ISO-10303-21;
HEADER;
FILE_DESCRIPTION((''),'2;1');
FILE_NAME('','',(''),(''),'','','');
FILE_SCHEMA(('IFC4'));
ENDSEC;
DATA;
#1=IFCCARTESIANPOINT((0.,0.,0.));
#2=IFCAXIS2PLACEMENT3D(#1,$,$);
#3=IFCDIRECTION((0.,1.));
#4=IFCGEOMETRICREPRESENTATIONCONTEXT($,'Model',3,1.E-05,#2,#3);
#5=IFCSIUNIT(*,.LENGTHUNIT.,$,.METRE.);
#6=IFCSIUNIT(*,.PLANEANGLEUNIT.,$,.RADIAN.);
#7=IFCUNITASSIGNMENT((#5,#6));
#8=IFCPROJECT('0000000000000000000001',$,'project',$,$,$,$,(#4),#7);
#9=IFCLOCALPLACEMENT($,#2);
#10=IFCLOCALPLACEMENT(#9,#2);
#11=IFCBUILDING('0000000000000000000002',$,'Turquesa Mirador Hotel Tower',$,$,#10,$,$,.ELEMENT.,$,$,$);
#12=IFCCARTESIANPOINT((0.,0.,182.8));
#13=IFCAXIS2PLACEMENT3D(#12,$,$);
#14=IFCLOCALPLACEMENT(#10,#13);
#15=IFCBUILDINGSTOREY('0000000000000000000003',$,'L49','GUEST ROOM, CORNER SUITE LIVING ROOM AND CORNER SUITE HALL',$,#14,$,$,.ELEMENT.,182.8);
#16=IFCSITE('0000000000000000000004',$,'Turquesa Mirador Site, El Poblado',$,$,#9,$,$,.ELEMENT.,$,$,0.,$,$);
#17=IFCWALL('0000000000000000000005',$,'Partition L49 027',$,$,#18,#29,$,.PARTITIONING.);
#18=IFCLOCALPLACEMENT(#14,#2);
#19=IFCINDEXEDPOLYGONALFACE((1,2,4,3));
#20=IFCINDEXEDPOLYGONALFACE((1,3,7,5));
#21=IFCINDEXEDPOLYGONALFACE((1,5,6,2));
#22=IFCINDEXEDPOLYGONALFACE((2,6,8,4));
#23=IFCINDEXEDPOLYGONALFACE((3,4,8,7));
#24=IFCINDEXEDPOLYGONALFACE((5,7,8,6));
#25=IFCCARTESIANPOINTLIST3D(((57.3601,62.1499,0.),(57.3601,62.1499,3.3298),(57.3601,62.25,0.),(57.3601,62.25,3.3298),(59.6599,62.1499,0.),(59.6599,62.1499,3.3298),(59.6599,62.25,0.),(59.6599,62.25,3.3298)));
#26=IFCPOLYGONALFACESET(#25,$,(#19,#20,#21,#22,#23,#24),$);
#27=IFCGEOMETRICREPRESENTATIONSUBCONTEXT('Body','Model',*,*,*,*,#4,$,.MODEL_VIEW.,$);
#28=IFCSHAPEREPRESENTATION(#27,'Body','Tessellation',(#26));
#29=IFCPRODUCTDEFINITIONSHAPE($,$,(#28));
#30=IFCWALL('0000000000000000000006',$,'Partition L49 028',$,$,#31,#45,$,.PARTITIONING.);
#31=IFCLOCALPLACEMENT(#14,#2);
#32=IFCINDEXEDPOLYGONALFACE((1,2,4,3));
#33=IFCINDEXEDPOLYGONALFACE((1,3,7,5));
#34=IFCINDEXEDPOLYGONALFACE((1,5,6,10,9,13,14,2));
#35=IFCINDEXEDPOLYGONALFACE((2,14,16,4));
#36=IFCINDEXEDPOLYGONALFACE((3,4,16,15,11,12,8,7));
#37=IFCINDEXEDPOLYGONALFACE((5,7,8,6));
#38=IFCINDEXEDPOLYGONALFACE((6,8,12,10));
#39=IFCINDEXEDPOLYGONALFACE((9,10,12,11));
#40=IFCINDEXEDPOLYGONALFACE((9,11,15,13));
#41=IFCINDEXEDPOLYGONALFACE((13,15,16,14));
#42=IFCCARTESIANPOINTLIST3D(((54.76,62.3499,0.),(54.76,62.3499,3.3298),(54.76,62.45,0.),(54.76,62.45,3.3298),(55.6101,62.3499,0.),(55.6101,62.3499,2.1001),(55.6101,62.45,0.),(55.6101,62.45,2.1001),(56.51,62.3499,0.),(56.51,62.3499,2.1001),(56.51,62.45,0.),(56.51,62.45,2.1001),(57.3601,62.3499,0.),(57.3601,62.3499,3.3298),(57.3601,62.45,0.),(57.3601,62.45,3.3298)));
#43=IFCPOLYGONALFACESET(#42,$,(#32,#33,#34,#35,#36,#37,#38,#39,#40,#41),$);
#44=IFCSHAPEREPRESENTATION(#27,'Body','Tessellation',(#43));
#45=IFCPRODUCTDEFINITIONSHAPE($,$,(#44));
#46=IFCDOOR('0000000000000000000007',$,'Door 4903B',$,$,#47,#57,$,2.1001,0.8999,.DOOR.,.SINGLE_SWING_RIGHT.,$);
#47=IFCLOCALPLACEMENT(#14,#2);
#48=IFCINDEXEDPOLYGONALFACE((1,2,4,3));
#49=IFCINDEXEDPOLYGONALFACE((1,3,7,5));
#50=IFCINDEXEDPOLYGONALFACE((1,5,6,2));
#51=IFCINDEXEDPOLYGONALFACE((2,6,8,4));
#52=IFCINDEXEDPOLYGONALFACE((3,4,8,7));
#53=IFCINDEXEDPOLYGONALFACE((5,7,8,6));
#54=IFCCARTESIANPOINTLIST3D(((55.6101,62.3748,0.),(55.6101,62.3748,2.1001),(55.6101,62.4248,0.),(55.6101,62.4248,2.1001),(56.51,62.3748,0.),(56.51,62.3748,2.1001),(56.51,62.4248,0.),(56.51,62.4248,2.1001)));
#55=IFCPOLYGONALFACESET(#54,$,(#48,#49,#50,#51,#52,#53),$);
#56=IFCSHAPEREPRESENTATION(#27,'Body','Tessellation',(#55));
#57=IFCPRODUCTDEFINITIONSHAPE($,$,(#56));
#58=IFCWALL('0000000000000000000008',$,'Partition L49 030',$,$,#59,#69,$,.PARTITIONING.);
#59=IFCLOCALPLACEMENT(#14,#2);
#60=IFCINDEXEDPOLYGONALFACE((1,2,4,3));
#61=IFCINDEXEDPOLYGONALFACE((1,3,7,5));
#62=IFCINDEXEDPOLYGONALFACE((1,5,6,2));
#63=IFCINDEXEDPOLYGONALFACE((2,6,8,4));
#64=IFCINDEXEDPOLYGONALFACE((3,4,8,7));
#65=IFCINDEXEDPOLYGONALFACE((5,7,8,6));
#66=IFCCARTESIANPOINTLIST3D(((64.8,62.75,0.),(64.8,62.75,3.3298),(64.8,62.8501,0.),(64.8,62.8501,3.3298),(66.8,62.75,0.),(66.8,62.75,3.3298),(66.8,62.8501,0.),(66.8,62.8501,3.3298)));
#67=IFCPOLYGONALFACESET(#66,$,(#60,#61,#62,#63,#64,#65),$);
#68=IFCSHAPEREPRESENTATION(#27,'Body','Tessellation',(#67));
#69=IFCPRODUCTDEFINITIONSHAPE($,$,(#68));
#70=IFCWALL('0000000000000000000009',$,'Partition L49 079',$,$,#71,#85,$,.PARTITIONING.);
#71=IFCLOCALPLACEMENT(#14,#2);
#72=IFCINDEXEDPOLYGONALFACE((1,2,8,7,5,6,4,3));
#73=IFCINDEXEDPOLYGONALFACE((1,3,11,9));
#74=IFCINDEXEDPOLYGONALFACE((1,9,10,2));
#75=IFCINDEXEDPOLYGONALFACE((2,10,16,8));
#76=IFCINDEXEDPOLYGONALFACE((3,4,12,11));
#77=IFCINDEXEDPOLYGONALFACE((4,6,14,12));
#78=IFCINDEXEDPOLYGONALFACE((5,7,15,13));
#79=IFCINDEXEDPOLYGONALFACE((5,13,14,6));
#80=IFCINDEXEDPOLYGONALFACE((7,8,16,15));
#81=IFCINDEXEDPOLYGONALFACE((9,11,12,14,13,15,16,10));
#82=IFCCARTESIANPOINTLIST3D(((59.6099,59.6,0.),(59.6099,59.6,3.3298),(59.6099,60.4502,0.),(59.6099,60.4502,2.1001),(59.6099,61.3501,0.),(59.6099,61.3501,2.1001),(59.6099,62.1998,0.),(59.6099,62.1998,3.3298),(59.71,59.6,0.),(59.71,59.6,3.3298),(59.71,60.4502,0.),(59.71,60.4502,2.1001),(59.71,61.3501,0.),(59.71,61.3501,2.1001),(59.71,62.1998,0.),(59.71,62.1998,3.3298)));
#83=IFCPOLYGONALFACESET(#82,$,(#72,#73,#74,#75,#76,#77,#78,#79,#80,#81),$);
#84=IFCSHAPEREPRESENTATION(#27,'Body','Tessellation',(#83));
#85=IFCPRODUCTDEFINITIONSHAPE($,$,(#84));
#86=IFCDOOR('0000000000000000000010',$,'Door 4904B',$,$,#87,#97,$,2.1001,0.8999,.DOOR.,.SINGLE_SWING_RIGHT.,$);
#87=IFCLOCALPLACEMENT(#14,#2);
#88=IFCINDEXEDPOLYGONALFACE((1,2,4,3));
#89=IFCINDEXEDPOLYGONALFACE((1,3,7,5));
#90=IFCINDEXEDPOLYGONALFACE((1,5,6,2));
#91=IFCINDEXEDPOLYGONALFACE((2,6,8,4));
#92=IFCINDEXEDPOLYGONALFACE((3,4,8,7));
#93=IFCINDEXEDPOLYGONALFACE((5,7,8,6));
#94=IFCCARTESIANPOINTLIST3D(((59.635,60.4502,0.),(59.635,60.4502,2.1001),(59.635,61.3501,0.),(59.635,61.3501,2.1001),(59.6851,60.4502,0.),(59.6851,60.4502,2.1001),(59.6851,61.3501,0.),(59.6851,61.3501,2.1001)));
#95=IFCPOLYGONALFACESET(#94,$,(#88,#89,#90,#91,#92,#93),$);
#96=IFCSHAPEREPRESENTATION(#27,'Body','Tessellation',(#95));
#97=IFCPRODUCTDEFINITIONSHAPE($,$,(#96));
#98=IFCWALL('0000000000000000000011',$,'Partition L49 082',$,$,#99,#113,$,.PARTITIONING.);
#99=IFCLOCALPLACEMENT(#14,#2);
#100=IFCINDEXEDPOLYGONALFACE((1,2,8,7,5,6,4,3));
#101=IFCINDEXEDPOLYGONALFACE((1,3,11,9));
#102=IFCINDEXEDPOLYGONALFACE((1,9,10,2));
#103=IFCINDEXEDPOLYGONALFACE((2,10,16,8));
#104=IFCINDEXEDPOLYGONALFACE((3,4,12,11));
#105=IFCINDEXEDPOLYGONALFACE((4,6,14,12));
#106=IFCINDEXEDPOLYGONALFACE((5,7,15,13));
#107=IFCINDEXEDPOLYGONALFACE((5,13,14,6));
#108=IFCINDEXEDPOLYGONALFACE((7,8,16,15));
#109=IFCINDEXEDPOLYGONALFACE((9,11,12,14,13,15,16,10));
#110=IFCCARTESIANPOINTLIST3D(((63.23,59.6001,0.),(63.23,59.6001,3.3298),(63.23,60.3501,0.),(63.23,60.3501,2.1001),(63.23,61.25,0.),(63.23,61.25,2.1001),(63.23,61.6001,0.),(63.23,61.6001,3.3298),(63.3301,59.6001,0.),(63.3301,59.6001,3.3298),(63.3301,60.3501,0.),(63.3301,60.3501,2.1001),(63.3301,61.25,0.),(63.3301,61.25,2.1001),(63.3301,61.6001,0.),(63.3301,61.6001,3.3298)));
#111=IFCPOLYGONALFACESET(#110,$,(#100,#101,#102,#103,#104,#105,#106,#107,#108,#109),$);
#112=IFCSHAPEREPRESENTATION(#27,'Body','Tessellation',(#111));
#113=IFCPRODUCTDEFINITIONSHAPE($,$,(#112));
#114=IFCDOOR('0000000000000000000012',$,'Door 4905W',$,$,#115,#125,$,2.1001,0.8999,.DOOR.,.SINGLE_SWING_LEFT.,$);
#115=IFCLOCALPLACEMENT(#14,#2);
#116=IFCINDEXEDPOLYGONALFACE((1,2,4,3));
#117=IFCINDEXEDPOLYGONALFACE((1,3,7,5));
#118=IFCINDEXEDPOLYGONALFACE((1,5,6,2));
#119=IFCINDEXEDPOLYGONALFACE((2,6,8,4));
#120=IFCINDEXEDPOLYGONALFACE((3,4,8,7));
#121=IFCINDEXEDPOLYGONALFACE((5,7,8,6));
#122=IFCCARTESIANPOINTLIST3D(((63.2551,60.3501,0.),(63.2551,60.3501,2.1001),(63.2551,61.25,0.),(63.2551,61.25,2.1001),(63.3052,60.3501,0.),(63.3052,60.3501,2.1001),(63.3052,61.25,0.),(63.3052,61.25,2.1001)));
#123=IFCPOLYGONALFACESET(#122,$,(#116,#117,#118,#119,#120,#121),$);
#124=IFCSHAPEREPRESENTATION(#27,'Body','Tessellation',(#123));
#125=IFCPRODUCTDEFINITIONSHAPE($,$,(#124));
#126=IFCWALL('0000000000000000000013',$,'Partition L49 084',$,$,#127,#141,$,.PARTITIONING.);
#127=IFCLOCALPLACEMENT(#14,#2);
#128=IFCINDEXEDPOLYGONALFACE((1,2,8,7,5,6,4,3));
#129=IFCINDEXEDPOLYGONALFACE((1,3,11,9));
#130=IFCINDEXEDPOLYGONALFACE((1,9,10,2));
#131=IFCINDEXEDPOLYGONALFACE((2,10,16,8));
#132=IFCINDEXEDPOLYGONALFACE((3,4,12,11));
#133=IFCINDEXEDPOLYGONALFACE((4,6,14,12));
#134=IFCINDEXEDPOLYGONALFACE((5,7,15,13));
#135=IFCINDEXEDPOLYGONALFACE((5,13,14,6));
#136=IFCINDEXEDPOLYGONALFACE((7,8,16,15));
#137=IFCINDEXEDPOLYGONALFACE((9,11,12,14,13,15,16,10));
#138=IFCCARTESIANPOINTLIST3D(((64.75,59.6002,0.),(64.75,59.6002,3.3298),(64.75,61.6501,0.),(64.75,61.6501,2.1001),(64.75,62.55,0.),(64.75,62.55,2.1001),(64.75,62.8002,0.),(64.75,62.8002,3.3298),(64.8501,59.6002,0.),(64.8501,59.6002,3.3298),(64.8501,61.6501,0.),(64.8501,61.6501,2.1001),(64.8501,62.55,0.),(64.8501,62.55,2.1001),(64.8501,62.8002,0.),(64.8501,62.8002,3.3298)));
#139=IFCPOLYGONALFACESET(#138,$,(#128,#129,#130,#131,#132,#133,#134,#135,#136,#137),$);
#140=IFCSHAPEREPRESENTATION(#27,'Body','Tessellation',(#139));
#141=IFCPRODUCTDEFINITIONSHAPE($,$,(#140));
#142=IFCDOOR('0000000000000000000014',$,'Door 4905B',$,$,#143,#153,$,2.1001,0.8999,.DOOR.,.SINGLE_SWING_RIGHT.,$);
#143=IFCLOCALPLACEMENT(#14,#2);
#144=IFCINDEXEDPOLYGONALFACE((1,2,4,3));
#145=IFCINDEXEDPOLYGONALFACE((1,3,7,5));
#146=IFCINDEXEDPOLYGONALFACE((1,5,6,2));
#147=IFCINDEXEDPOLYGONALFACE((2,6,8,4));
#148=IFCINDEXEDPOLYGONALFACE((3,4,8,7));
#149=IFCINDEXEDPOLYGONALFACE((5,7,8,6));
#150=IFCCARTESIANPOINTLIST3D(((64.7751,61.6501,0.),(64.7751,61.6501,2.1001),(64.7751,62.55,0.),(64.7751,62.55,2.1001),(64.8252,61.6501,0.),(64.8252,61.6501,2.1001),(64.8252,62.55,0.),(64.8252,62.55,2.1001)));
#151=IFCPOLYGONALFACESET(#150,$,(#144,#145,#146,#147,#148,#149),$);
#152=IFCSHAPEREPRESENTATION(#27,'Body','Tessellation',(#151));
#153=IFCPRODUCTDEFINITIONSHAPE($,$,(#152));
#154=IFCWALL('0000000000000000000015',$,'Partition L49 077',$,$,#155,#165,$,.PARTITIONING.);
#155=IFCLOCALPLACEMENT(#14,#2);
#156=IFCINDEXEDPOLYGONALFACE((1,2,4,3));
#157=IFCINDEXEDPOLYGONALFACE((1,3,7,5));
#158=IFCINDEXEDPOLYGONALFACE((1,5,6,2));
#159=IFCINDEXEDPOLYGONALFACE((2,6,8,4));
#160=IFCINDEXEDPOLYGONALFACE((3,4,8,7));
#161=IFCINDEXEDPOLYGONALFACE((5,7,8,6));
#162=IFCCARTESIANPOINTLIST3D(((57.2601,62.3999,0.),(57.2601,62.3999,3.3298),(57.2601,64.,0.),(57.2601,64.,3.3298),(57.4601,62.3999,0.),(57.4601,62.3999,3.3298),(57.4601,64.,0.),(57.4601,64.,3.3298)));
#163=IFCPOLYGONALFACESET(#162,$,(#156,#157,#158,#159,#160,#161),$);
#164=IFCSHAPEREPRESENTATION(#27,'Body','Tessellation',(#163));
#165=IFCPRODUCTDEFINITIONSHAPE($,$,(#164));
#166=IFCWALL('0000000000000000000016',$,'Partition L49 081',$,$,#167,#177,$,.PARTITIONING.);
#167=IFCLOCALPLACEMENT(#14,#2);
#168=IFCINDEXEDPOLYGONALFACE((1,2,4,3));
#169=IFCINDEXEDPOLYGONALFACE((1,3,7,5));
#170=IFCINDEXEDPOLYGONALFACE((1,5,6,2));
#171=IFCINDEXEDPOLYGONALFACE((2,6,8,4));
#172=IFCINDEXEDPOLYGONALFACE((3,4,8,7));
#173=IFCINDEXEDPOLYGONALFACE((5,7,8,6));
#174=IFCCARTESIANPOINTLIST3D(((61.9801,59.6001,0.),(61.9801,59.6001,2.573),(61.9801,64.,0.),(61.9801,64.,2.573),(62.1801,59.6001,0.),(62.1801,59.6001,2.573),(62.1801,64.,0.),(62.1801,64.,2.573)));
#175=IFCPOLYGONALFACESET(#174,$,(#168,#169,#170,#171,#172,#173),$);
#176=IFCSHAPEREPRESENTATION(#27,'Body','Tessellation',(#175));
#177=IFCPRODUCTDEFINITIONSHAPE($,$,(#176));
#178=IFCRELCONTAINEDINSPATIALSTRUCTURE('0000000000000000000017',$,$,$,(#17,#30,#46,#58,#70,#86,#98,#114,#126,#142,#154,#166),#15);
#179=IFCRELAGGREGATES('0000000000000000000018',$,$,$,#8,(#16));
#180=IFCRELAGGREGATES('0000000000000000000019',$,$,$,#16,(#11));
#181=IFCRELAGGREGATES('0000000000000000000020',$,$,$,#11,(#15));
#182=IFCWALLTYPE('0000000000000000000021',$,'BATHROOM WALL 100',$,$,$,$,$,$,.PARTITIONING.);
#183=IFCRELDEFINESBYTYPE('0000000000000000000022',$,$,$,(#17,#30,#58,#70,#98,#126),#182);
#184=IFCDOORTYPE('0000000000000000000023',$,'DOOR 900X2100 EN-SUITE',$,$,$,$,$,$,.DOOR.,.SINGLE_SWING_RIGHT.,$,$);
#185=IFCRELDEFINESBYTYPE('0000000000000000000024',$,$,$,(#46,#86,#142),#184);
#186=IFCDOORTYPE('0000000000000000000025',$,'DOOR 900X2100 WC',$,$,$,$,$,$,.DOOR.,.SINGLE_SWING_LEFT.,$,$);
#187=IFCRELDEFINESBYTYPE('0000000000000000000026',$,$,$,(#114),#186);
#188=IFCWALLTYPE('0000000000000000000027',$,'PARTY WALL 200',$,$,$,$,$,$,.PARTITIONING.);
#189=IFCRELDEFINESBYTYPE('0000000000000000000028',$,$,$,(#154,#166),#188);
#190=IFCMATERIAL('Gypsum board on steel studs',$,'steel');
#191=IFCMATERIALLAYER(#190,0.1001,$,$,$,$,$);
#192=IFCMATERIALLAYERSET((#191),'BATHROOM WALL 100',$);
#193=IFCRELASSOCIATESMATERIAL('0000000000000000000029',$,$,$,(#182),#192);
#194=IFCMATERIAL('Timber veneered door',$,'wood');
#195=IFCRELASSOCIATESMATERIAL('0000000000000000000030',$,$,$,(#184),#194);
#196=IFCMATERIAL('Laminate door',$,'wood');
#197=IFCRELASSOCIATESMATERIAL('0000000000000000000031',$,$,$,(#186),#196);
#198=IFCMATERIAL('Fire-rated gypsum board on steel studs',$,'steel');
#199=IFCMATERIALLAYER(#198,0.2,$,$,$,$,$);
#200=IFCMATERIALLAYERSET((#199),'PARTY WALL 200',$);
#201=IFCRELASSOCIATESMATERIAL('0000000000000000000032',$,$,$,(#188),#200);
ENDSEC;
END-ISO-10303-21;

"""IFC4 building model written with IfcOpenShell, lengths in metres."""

from ifc_helpers import new_model, si_unit, direction, frame, frame_2d, origin, place, context, subcontext, project, spatial, rectangle, extrude, material, layer, layer_set, type_object, element, fill, save


model = new_model("IFC4")

# Units and contexts
model_context = context("Model", 3, precision=1e-05, world=origin(), true_north=direction((0.0, 1.0)))
body_context = subcontext(model_context, "Body", "Model", "MODEL_VIEW")
ifc_project = project(units=[si_unit("LENGTHUNIT", "METRE"), si_unit("PLANEANGLEUNIT", "RADIAN")], contexts=[model_context])

# Site, building, storey
site_placement = place(None, origin())
site = spatial("IfcSite", under=ifc_project, at=site_placement, Name="Turquesa Mirador Site, El Poblado", CompositionType="ELEMENT", RefElevation=0.0)
building_placement = place(site_placement, origin())
building = spatial("IfcBuilding", under=site, at=building_placement, Name="Turquesa Mirador Hotel Tower", CompositionType="ELEMENT")
storey_placement = place(building_placement, frame((0.0, 0.0, 182.8)))
storey = spatial("IfcBuildingStorey", under=building, at=storey_placement, Name="L49", Description="GUEST ROOM, CORNER SUITE LIVING ROOM AND CORNER SUITE HALL", CompositionType="ELEMENT", Elevation=182.8)

# Wall
ifc_material_1 = material(Name="Gypsum board on steel studs", Category="steel")
ifc_layer_1 = layer(ifc_material_1, 0.1001)
ifc_layer_set_1 = layer_set([ifc_layer_1], Name="BATHROOM WALL 100")
wall_type_1 = type_object("IfcWallType", Name="BATHROOM WALL 100", PredefinedType="PARTITIONING", material=ifc_layer_set_1)
wall_1_placement = place(storey_placement, frame((57.3601, 62.2, 0.0), z_axis=(0.0, 0.0, 1.0), x_axis=(1.0, 0.0, 0.0)))
element("IfcWall", 1, at=wall_1_placement, inside=storey, type_object=wall_type_1, Name="Partition L49 027", PredefinedType="PARTITIONING", context=body_context, shape_type="SweptSolid", body=[
    extrude(rectangle(XDim=2.2998, YDim=0.1001, at=frame_2d((1.1499, 0.0))), origin(), (0.0, 0.0, 1.0), 3.3298),
])

# Wall, opening, door
wall_2_placement = place(storey_placement, frame((54.76, 62.3999, 0.0), z_axis=(0.0, 0.0, 1.0), x_axis=(1.0, 0.0, 0.0)))
wall_2 = element("IfcWall", 2, at=wall_2_placement, inside=storey, type_object=wall_type_1, Name="Partition L49 028", PredefinedType="PARTITIONING", context=body_context, shape_type="SweptSolid", body=[
    extrude(rectangle(XDim=2.6001, YDim=0.1001, at=frame_2d((1.3, 0.0))), origin(), (0.0, 0.0, 1.0), 3.3298),
])
opening_1_placement = place(wall_2_placement, frame((0.8501, 0.0, 0.0)))
opening_1 = element("IfcOpeningElement", 3, at=opening_1_placement, cuts=wall_2, PredefinedType="OPENING", context=body_context, shape_type="SweptSolid", body=[
    extrude(rectangle(XDim=0.8999, YDim=2.1001, at=frame_2d((0.45, 1.05))), frame((0.0, 0.0601, 0.0), z_axis=(0.0, -1.0, 0.0), x_axis=(1.0, 0.0, 0.0)), (0.0, 0.0, 1.0), 0.1201),
])
ifc_material_2 = material(Name="Timber veneered door", Category="wood")
door_type_1 = type_object("IfcDoorType", Name="DOOR 900X2100 EN-SUITE", OperationType="SINGLE_SWING_RIGHT", PredefinedType="DOOR", material=ifc_material_2)
door_1_placement = place(opening_1_placement, origin())
door_1 = element("IfcDoor", 4, at=door_1_placement, inside=storey, type_object=door_type_1, Name="Door 4903B", OperationType="SINGLE_SWING_RIGHT", OverallHeight=2.1001, OverallWidth=0.8999, PredefinedType="DOOR", context=body_context, shape_type="SweptSolid", body=[
    extrude(rectangle(XDim=0.8999, YDim=2.1001, at=frame_2d((0.45, 1.05))), frame((0.0, 0.0249, 0.0), z_axis=(0.0, -1.0, 0.0), x_axis=(1.0, 0.0, 0.0)), (0.0, 0.0, 1.0), 0.05),
])
fill(opening_1, door_1)

# Wall
wall_3_placement = place(storey_placement, frame((64.8, 62.8, 0.0), z_axis=(0.0, 0.0, 1.0), x_axis=(1.0, 0.0, 0.0)))
element("IfcWall", 5, at=wall_3_placement, inside=storey, type_object=wall_type_1, Name="Partition L49 030", PredefinedType="PARTITIONING", context=body_context, shape_type="SweptSolid", body=[
    extrude(rectangle(XDim=2.0, YDim=0.1001, at=frame_2d((1.0, 0.0))), origin(), (0.0, 0.0, 1.0), 3.3298),
])

# Walls, openings, doors
wall_4_placement = place(storey_placement, frame((59.6599, 59.6001, 0.0), z_axis=(0.0, 0.0, 1.0), x_axis=(0.0, 1.0, 0.0)))
wall_4 = element("IfcWall", 6, at=wall_4_placement, inside=storey, type_object=wall_type_1, Name="Partition L49 079", PredefinedType="PARTITIONING", context=body_context, shape_type="SweptSolid", body=[
    extrude(rectangle(XDim=2.5999, YDim=0.1001, at=frame_2d((1.2998, 0.0))), origin(), (0.0, 0.0, 1.0), 3.3298),
])
opening_2_placement = place(wall_4_placement, frame((0.8501, 0.0, 0.0)))
opening_2 = element("IfcOpeningElement", 7, at=opening_2_placement, cuts=wall_4, PredefinedType="OPENING", context=body_context, shape_type="SweptSolid", body=[
    extrude(rectangle(XDim=0.8999, YDim=2.1001, at=frame_2d((0.45, 1.05))), frame((0.0, 0.0601, 0.0), z_axis=(0.0, -1.0, 0.0), x_axis=(1.0, 0.0, 0.0)), (0.0, 0.0, 1.0), 0.1201),
])
door_2_placement = place(opening_2_placement, origin())
door_2 = element("IfcDoor", 8, at=door_2_placement, inside=storey, type_object=door_type_1, Name="Door 4904B", OperationType="SINGLE_SWING_RIGHT", OverallHeight=2.1001, OverallWidth=0.8999, PredefinedType="DOOR", context=body_context, shape_type="SweptSolid", body=[
    extrude(rectangle(XDim=0.8999, YDim=2.1001, at=frame_2d((0.45, 1.05))), frame((0.0, 0.0249, 0.0), z_axis=(0.0, -1.0, 0.0), x_axis=(1.0, 0.0, 0.0)), (0.0, 0.0, 1.0), 0.05),
])
fill(opening_2, door_2)
wall_5_placement = place(storey_placement, frame((63.28, 59.6001, 0.0), z_axis=(0.0, 0.0, 1.0), x_axis=(0.0, 1.0, 0.0)))
wall_5 = element("IfcWall", 9, at=wall_5_placement, inside=storey, type_object=wall_type_1, Name="Partition L49 082", PredefinedType="PARTITIONING", context=body_context, shape_type="SweptSolid", body=[
    extrude(rectangle(XDim=2.0, YDim=0.1001, at=frame_2d((1.0, 0.0))), origin(), (0.0, 0.0, 1.0), 3.3298),
])
opening_3_placement = place(wall_5_placement, frame((0.75, 0.0, 0.0)))
opening_3 = element("IfcOpeningElement", 10, at=opening_3_placement, cuts=wall_5, PredefinedType="OPENING", context=body_context, shape_type="SweptSolid", body=[
    extrude(rectangle(XDim=0.8999, YDim=2.1001, at=frame_2d((0.45, 1.05))), frame((0.0, 0.0601, 0.0), z_axis=(0.0, -1.0, 0.0), x_axis=(1.0, 0.0, 0.0)), (0.0, 0.0, 1.0), 0.1201),
])
ifc_material_3 = material(Name="Laminate door", Category="wood")
door_type_2 = type_object("IfcDoorType", Name="DOOR 900X2100 WC", OperationType="SINGLE_SWING_LEFT", PredefinedType="DOOR", material=ifc_material_3)
door_3_placement = place(opening_3_placement, origin())
door_3 = element("IfcDoor", 11, at=door_3_placement, inside=storey, type_object=door_type_2, Name="Door 4905W", OperationType="SINGLE_SWING_LEFT", OverallHeight=2.1001, OverallWidth=0.8999, PredefinedType="DOOR", context=body_context, shape_type="SweptSolid", body=[
    extrude(rectangle(XDim=0.8999, YDim=2.1001, at=frame_2d((0.45, 1.05))), frame((0.0, 0.0249, 0.0), z_axis=(0.0, -1.0, 0.0), x_axis=(1.0, 0.0, 0.0)), (0.0, 0.0, 1.0), 0.05),
])
fill(opening_3, door_3)
wall_6_placement = place(storey_placement, frame((64.8, 59.6001, 0.0), z_axis=(0.0, 0.0, 1.0), x_axis=(0.0, 1.0, 0.0)))
wall_6 = element("IfcWall", 12, at=wall_6_placement, inside=storey, type_object=wall_type_1, Name="Partition L49 084", PredefinedType="PARTITIONING", context=body_context, shape_type="SweptSolid", body=[
    extrude(rectangle(XDim=3.2, YDim=0.1001, at=frame_2d((1.6001, 0.0))), origin(), (0.0, 0.0, 1.0), 3.3298),
])
opening_4_placement = place(wall_6_placement, frame((2.05, 0.0, 0.0)))
opening_4 = element("IfcOpeningElement", 13, at=opening_4_placement, cuts=wall_6, PredefinedType="OPENING", context=body_context, shape_type="SweptSolid", body=[
    extrude(rectangle(XDim=0.8999, YDim=2.1001, at=frame_2d((0.45, 1.05))), frame((0.0, 0.0601, 0.0), z_axis=(0.0, -1.0, 0.0), x_axis=(1.0, 0.0, 0.0)), (0.0, 0.0, 1.0), 0.1201),
])
door_4_placement = place(opening_4_placement, origin())
door_4 = element("IfcDoor", 14, at=door_4_placement, inside=storey, type_object=door_type_1, Name="Door 4905B", OperationType="SINGLE_SWING_RIGHT", OverallHeight=2.1001, OverallWidth=0.8999, PredefinedType="DOOR", context=body_context, shape_type="SweptSolid", body=[
    extrude(rectangle(XDim=0.8999, YDim=2.1001, at=frame_2d((0.45, 1.05))), frame((0.0, 0.0249, 0.0), z_axis=(0.0, -1.0, 0.0), x_axis=(1.0, 0.0, 0.0)), (0.0, 0.0, 1.0), 0.05),
])
fill(opening_4, door_4)

# Walls
ifc_material_4 = material(Name="Fire-rated gypsum board on steel studs", Category="steel")
ifc_layer_2 = layer(ifc_material_4, 0.2)
ifc_layer_set_2 = layer_set([ifc_layer_2], Name="PARTY WALL 200")
wall_type_2 = type_object("IfcWallType", Name="PARTY WALL 200", PredefinedType="PARTITIONING", material=ifc_layer_set_2)
wall_7_placement = place(storey_placement, frame((57.3601, 62.3999, 0.0), z_axis=(0.0, 0.0, 1.0), x_axis=(0.0, 1.0, 0.0)))
element("IfcWall", 15, at=wall_7_placement, inside=storey, type_object=wall_type_2, Name="Partition L49 077", PredefinedType="PARTITIONING", context=body_context, shape_type="SweptSolid", body=[
    extrude(rectangle(XDim=1.6001, YDim=0.2, at=frame_2d((0.8, 0.0))), origin(), (0.0, 0.0, 1.0), 3.3298),
])
wall_8_placement = place(storey_placement, frame((62.0801, 59.6001, 0.0), z_axis=(0.0, 0.0, 1.0), x_axis=(0.0, 1.0, 0.0)))
element("IfcWall", 16, at=wall_8_placement, inside=storey, type_object=wall_type_2, Name="Partition L49 081", PredefinedType="PARTITIONING", context=body_context, shape_type="SweptSolid", body=[
    extrude(rectangle(XDim=4.3999, YDim=0.2, at=frame_2d((2.2, 0.0))), origin(), (0.0, 0.0, 1.0), 2.573),
])

save(model, "model.ifc")
